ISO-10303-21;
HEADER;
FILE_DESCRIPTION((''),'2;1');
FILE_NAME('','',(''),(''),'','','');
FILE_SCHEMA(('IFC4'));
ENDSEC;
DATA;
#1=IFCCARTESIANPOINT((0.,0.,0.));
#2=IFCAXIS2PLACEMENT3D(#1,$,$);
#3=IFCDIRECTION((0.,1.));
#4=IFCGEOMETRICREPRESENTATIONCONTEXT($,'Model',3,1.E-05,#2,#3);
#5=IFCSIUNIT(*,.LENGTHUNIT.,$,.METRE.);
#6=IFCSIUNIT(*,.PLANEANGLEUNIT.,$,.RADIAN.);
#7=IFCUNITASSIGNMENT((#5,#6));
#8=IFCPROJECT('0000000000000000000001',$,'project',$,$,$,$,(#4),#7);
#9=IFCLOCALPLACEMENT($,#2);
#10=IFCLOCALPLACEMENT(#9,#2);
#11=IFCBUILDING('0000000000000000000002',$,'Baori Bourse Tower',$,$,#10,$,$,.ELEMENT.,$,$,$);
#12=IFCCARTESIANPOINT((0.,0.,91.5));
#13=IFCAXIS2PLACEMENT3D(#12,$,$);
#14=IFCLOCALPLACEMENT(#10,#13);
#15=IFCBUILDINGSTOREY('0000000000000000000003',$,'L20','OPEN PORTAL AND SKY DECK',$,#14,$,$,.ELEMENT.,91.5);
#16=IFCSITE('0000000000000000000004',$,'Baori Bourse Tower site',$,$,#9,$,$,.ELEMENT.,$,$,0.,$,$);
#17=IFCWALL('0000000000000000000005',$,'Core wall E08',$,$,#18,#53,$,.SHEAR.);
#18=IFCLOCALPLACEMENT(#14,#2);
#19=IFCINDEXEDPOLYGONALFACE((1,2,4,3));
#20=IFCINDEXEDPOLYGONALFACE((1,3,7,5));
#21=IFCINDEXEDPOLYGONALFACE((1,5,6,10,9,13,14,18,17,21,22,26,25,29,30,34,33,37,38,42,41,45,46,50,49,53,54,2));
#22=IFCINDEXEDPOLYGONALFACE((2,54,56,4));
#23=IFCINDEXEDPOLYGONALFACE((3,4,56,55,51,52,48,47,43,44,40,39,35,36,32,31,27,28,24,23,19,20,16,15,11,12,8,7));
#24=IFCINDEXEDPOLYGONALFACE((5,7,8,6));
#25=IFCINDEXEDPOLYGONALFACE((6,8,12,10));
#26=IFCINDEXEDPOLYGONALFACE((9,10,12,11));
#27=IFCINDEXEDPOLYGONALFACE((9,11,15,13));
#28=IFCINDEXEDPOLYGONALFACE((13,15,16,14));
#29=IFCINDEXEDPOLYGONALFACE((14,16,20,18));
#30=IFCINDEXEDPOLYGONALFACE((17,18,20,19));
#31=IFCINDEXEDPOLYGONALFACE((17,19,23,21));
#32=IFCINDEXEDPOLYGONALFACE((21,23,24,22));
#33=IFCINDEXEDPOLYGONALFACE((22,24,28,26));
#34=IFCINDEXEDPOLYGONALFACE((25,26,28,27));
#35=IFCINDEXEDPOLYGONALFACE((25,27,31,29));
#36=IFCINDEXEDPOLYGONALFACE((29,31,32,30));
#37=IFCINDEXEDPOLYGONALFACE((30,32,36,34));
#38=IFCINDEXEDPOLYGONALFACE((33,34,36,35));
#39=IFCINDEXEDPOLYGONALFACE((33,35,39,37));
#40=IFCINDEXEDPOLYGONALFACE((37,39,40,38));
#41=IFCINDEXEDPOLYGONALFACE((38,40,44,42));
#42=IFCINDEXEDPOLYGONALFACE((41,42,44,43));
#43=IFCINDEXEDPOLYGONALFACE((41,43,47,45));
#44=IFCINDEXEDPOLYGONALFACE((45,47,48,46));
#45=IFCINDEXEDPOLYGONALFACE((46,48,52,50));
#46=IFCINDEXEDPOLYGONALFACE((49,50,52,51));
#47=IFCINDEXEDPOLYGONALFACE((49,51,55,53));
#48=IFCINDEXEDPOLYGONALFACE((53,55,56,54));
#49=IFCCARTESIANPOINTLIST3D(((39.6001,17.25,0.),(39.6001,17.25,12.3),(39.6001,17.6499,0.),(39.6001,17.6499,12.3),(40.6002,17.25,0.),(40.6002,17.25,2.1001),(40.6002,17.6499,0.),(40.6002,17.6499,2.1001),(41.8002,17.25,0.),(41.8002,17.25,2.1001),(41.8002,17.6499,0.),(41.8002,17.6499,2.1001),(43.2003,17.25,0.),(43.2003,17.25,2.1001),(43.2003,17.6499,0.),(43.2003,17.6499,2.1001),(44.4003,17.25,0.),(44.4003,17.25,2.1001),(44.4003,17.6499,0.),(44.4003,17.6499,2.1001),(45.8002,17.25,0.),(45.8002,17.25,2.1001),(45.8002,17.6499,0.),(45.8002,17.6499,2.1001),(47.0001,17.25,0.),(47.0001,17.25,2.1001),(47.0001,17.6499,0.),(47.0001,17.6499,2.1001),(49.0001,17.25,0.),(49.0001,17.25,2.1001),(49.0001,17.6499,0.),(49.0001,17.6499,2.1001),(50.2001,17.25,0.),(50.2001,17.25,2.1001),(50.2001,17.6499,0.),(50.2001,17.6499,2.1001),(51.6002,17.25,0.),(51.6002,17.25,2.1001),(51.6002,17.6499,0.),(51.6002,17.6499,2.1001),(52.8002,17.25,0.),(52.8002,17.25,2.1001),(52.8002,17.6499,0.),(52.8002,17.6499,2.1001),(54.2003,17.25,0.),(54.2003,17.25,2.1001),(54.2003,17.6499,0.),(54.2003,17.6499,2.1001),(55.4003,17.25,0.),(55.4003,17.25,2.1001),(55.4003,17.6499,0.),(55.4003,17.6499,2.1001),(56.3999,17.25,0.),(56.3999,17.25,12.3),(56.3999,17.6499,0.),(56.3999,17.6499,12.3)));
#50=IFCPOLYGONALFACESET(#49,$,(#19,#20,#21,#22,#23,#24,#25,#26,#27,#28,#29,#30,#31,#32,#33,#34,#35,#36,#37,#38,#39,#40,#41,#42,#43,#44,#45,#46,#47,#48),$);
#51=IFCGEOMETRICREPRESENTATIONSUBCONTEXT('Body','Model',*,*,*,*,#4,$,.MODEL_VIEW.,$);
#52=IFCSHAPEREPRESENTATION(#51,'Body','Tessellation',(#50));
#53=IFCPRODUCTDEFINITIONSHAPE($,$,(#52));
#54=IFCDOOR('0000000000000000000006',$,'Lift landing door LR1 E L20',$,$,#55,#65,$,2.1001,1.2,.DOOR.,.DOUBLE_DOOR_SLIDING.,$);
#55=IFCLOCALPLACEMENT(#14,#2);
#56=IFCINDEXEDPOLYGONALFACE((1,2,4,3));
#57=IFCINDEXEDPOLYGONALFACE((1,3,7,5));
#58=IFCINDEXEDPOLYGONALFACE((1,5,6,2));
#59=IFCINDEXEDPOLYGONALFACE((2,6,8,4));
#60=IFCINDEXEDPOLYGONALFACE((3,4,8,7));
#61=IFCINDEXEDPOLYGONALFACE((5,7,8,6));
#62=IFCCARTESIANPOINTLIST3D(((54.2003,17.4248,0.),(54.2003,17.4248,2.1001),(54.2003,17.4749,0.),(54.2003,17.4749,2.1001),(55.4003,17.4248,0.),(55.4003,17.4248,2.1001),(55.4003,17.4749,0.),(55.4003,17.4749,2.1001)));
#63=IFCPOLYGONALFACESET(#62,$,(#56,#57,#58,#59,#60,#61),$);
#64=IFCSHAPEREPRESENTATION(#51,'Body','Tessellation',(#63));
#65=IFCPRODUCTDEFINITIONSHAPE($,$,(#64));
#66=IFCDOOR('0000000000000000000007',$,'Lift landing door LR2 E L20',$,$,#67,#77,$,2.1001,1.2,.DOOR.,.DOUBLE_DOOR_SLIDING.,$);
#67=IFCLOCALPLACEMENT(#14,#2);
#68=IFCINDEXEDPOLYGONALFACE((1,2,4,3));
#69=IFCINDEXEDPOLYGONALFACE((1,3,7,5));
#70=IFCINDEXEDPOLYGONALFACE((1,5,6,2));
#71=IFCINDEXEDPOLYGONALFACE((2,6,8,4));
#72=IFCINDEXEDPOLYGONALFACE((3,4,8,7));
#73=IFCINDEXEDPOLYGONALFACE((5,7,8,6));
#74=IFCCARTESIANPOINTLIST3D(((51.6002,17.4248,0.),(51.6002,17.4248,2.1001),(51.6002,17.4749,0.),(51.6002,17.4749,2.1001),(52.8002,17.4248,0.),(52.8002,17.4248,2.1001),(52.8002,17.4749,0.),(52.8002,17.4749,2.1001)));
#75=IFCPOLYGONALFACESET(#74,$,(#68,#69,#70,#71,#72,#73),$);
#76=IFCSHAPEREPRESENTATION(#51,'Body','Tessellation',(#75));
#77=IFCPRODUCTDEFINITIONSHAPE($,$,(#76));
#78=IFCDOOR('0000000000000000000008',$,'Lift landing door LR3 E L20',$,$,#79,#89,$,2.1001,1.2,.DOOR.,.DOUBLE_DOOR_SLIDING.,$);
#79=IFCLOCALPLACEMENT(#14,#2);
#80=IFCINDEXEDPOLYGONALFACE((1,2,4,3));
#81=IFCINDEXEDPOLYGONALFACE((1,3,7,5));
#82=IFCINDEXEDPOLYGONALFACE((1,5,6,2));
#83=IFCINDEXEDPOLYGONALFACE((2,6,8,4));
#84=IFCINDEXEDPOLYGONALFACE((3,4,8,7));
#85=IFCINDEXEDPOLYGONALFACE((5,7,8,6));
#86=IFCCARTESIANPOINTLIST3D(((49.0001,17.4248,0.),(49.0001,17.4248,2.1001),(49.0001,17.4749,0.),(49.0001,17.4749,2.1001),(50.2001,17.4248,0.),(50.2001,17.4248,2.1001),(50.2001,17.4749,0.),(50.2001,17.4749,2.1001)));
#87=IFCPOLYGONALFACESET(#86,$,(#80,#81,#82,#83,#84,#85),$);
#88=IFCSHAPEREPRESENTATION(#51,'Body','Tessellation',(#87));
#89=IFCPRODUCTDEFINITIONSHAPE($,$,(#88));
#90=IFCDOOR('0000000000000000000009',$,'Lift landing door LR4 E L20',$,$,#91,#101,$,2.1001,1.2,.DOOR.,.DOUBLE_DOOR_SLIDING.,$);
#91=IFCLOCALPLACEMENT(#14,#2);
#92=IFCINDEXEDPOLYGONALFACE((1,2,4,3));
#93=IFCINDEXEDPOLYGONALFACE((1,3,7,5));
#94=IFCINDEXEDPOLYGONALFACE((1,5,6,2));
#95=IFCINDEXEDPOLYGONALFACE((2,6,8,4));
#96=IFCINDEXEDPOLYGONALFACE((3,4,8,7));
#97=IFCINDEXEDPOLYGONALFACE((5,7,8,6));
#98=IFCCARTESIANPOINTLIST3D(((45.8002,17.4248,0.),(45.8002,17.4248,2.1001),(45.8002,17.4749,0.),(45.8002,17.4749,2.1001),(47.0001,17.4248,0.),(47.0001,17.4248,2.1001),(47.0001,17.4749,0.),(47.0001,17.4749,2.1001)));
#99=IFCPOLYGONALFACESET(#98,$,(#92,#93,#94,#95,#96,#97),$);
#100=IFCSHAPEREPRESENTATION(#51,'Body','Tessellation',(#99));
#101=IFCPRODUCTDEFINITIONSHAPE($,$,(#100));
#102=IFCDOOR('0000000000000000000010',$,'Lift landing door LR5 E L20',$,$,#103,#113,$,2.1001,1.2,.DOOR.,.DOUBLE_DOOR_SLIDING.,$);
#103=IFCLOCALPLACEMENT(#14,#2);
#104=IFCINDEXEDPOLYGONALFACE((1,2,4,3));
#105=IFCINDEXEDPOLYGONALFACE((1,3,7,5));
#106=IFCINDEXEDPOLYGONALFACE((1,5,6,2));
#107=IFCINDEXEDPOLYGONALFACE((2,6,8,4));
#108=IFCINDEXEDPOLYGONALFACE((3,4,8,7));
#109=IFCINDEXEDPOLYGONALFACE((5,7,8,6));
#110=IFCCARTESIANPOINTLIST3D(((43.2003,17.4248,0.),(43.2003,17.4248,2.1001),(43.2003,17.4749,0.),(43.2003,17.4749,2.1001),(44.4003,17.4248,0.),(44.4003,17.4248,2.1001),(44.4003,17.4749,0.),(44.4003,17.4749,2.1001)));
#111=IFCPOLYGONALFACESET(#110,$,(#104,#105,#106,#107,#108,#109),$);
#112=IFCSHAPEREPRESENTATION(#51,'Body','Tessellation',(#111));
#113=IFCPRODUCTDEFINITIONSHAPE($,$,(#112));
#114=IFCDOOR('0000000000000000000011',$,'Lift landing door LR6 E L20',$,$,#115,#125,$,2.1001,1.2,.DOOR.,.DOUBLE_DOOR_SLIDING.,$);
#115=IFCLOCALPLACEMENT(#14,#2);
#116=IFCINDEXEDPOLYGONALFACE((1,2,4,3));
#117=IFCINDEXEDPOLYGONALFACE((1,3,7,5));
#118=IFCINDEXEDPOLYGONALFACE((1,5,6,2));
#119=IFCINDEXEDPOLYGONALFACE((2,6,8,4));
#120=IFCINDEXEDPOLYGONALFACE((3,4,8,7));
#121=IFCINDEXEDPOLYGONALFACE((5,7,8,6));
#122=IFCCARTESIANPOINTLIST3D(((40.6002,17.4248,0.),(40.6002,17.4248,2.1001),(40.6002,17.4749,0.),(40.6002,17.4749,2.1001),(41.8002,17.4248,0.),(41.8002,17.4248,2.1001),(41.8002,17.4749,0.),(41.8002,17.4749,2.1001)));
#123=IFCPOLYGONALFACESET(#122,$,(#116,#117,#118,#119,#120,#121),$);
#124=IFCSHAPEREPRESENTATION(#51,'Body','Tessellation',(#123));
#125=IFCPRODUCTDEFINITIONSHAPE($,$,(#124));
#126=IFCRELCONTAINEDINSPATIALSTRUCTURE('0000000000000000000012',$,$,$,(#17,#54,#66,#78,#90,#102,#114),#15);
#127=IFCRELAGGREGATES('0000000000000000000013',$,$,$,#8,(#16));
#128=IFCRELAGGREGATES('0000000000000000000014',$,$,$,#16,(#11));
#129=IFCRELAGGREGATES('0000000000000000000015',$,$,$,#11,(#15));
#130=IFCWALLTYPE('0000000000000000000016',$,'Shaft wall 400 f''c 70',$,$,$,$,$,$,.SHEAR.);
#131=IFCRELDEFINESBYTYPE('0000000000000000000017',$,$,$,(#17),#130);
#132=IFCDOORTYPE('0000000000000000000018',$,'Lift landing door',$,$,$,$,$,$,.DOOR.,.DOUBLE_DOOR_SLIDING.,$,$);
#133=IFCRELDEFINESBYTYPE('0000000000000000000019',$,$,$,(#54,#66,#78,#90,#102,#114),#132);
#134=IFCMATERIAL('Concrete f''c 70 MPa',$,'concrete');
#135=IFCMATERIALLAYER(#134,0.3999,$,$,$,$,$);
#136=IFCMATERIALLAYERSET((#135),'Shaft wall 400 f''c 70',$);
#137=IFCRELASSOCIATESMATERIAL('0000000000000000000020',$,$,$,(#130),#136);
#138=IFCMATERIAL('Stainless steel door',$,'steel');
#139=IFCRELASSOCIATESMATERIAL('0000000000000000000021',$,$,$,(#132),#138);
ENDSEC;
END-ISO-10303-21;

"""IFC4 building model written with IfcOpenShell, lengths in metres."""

from ifc_helpers import new_model, si_unit, direction, frame, frame_2d, origin, place, context, subcontext, project, spatial, rectangle, extrude, material, layer, layer_set, type_object, element, fill, save


model = new_model("IFC4")

# Units and contexts
model_context = context("Model", 3, precision=1e-05, world=origin(), true_north=direction((0.0, 1.0)))
body_context = subcontext(model_context, "Body", "Model", "MODEL_VIEW")
ifc_project = project(units=[si_unit("LENGTHUNIT", "METRE"), si_unit("PLANEANGLEUNIT", "RADIAN")], contexts=[model_context])

# Site, building, storey
site_placement = place(None, origin())
site = spatial("IfcSite", under=ifc_project, at=site_placement, Name="Baori Bourse Tower site", CompositionType="ELEMENT", RefElevation=0.0)
building_placement = place(site_placement, origin())
building = spatial("IfcBuilding", under=site, at=building_placement, Name="Baori Bourse Tower", CompositionType="ELEMENT")
storey_placement = place(building_placement, frame((0.0, 0.0, 91.5)))
storey = spatial("IfcBuildingStorey", under=building, at=storey_placement, Name="L20", Description="OPEN PORTAL AND SKY DECK", CompositionType="ELEMENT", Elevation=91.5)

# Shared definitions
ifc_material_1 = material(Name="Concrete f'c 70 MPa", Category="concrete")
ifc_layer_1 = layer(ifc_material_1, 0.3999)
ifc_layer_set_1 = layer_set([ifc_layer_1], Name="Shaft wall 400 f'c 70")
wall_type_1 = type_object("IfcWallType", Name="Shaft wall 400 f'c 70", PredefinedType="SHEAR", material=ifc_layer_set_1)

# Wall, openings, doors
wall_1_placement = place(storey_placement, frame((39.6001, 17.45, 0.0), z_axis=(0.0, 0.0, 1.0), x_axis=(1.0, 0.0, 0.0)))
wall_1 = element("IfcWall", 1, at=wall_1_placement, inside=storey, type_object=wall_type_1, Name="Core wall E08", PredefinedType="SHEAR", context=body_context, shape_type="SweptSolid", body=[
    extrude(rectangle(XDim=16.7998, YDim=0.3999, at=frame_2d((8.3999, 0.0))), origin(), (0.0, 0.0, 1.0), 12.3),
])
opening_1_placement = place(wall_1_placement, frame((14.6001, 0.0, 0.0)))
opening_1 = element("IfcOpeningElement", 2, at=opening_1_placement, cuts=wall_1, PredefinedType="OPENING", context=body_context, shape_type="SweptSolid", body=[
    extrude(rectangle(XDim=1.2, YDim=2.1001, at=frame_2d((0.6001, 1.05))), frame((0.0, 0.21, 0.0), z_axis=(0.0, -1.0, 0.0), x_axis=(1.0, 0.0, 0.0)), (0.0, 0.0, 1.0), 0.4199),
])
opening_2_placement = place(wall_1_placement, frame((12.0, 0.0, 0.0)))
opening_2 = element("IfcOpeningElement", 3, at=opening_2_placement, cuts=wall_1, PredefinedType="OPENING", context=body_context, shape_type="SweptSolid", body=[
    extrude(rectangle(XDim=1.2, YDim=2.1001, at=frame_2d((0.6001, 1.05))), frame((0.0, 0.21, 0.0), z_axis=(0.0, -1.0, 0.0), x_axis=(1.0, 0.0, 0.0)), (0.0, 0.0, 1.0), 0.4199),
])
opening_3_placement = place(wall_1_placement, frame((9.3999, 0.0, 0.0)))
opening_3 = element("IfcOpeningElement", 4, at=opening_3_placement, cuts=wall_1, PredefinedType="OPENING", context=body_context, shape_type="SweptSolid", body=[
    extrude(rectangle(XDim=1.2, YDim=2.1001, at=frame_2d((0.6001, 1.05))), frame((0.0, 0.21, 0.0), z_axis=(0.0, -1.0, 0.0), x_axis=(1.0, 0.0, 0.0)), (0.0, 0.0, 1.0), 0.4199),
])
opening_4_placement = place(wall_1_placement, frame((6.2, 0.0, 0.0)))
opening_4 = element("IfcOpeningElement", 5, at=opening_4_placement, cuts=wall_1, PredefinedType="OPENING", context=body_context, shape_type="SweptSolid", body=[
    extrude(rectangle(XDim=1.2, YDim=2.1001, at=frame_2d((0.6001, 1.05))), frame((0.0, 0.21, 0.0), z_axis=(0.0, -1.0, 0.0), x_axis=(1.0, 0.0, 0.0)), (0.0, 0.0, 1.0), 0.4199),
])
opening_5_placement = place(wall_1_placement, frame((3.6001, 0.0, 0.0)))
opening_5 = element("IfcOpeningElement", 6, at=opening_5_placement, cuts=wall_1, PredefinedType="OPENING", context=body_context, shape_type="SweptSolid", body=[
    extrude(rectangle(XDim=1.2, YDim=2.1001, at=frame_2d((0.6001, 1.05))), frame((0.0, 0.21, 0.0), z_axis=(0.0, -1.0, 0.0), x_axis=(1.0, 0.0, 0.0)), (0.0, 0.0, 1.0), 0.4199),
])
opening_6_placement = place(wall_1_placement, frame((1.0, 0.0, 0.0)))
opening_6 = element("IfcOpeningElement", 7, at=opening_6_placement, cuts=wall_1, PredefinedType="OPENING", context=body_context, shape_type="SweptSolid", body=[
    extrude(rectangle(XDim=1.2, YDim=2.1001, at=frame_2d((0.6001, 1.05))), frame((0.0, 0.21, 0.0), z_axis=(0.0, -1.0, 0.0), x_axis=(1.0, 0.0, 0.0)), (0.0, 0.0, 1.0), 0.4199),
])
ifc_material_2 = material(Name="Stainless steel door", Category="steel")
door_type_1 = type_object("IfcDoorType", Name="Lift landing door", OperationType="DOUBLE_DOOR_SLIDING", PredefinedType="DOOR", material=ifc_material_2)
door_1_placement = place(opening_1_placement, origin())
door_1 = element("IfcDoor", 8, at=door_1_placement, inside=storey, type_object=door_type_1, Name="Lift landing door LR1 E L20", OperationType="DOUBLE_DOOR_SLIDING", OverallHeight=2.1001, OverallWidth=1.2, PredefinedType="DOOR", context=body_context, shape_type="SweptSolid", body=[
    extrude(rectangle(XDim=1.2, YDim=2.1001, at=frame_2d((0.6001, 1.05))), frame((0.0, 0.0249, 0.0), z_axis=(0.0, -1.0, 0.0), x_axis=(1.0, 0.0, 0.0)), (0.0, 0.0, 1.0), 0.05),
])
fill(opening_1, door_1)
door_2_placement = place(opening_2_placement, origin())
door_2 = element("IfcDoor", 9, at=door_2_placement, inside=storey, type_object=door_type_1, Name="Lift landing door LR2 E L20", OperationType="DOUBLE_DOOR_SLIDING", OverallHeight=2.1001, OverallWidth=1.2, PredefinedType="DOOR", context=body_context, shape_type="SweptSolid", body=[
    extrude(rectangle(XDim=1.2, YDim=2.1001, at=frame_2d((0.6001, 1.05))), frame((0.0, 0.0249, 0.0), z_axis=(0.0, -1.0, 0.0), x_axis=(1.0, 0.0, 0.0)), (0.0, 0.0, 1.0), 0.05),
])
fill(opening_2, door_2)
door_3_placement = place(opening_3_placement, origin())
door_3 = element("IfcDoor", 10, at=door_3_placement, inside=storey, type_object=door_type_1, Name="Lift landing door LR3 E L20", OperationType="DOUBLE_DOOR_SLIDING", OverallHeight=2.1001, OverallWidth=1.2, PredefinedType="DOOR", context=body_context, shape_type="SweptSolid", body=[
    extrude(rectangle(XDim=1.2, YDim=2.1001, at=frame_2d((0.6001, 1.05))), frame((0.0, 0.0249, 0.0), z_axis=(0.0, -1.0, 0.0), x_axis=(1.0, 0.0, 0.0)), (0.0, 0.0, 1.0), 0.05),
])
fill(opening_3, door_3)
door_4_placement = place(opening_4_placement, origin())
door_4 = element("IfcDoor", 11, at=door_4_placement, inside=storey, type_object=door_type_1, Name="Lift landing door LR4 E L20", OperationType="DOUBLE_DOOR_SLIDING", OverallHeight=2.1001, OverallWidth=1.2, PredefinedType="DOOR", context=body_context, shape_type="SweptSolid", body=[
    extrude(rectangle(XDim=1.2, YDim=2.1001, at=frame_2d((0.6001, 1.05))), frame((0.0, 0.0249, 0.0), z_axis=(0.0, -1.0, 0.0), x_axis=(1.0, 0.0, 0.0)), (0.0, 0.0, 1.0), 0.05),
])
fill(opening_4, door_4)
door_5_placement = place(opening_5_placement, origin())
door_5 = element("IfcDoor", 12, at=door_5_placement, inside=storey, type_object=door_type_1, Name="Lift landing door LR5 E L20", OperationType="DOUBLE_DOOR_SLIDING", OverallHeight=2.1001, OverallWidth=1.2, PredefinedType="DOOR", context=body_context, shape_type="SweptSolid", body=[
    extrude(rectangle(XDim=1.2, YDim=2.1001, at=frame_2d((0.6001, 1.05))), frame((0.0, 0.0249, 0.0), z_axis=(0.0, -1.0, 0.0), x_axis=(1.0, 0.0, 0.0)), (0.0, 0.0, 1.0), 0.05),
])
fill(opening_5, door_5)
door_6_placement = place(opening_6_placement, origin())
door_6 = element("IfcDoor", 13, at=door_6_placement, inside=storey, type_object=door_type_1, Name="Lift landing door LR6 E L20", OperationType="DOUBLE_DOOR_SLIDING", OverallHeight=2.1001, OverallWidth=1.2, PredefinedType="DOOR", context=body_context, shape_type="SweptSolid", body=[
    extrude(rectangle(XDim=1.2, YDim=2.1001, at=frame_2d((0.6001, 1.05))), frame((0.0, 0.0249, 0.0), z_axis=(0.0, -1.0, 0.0), x_axis=(1.0, 0.0, 0.0)), (0.0, 0.0, 1.0), 0.05),
])
fill(opening_6, door_6)

save(model, "model.ifc")
